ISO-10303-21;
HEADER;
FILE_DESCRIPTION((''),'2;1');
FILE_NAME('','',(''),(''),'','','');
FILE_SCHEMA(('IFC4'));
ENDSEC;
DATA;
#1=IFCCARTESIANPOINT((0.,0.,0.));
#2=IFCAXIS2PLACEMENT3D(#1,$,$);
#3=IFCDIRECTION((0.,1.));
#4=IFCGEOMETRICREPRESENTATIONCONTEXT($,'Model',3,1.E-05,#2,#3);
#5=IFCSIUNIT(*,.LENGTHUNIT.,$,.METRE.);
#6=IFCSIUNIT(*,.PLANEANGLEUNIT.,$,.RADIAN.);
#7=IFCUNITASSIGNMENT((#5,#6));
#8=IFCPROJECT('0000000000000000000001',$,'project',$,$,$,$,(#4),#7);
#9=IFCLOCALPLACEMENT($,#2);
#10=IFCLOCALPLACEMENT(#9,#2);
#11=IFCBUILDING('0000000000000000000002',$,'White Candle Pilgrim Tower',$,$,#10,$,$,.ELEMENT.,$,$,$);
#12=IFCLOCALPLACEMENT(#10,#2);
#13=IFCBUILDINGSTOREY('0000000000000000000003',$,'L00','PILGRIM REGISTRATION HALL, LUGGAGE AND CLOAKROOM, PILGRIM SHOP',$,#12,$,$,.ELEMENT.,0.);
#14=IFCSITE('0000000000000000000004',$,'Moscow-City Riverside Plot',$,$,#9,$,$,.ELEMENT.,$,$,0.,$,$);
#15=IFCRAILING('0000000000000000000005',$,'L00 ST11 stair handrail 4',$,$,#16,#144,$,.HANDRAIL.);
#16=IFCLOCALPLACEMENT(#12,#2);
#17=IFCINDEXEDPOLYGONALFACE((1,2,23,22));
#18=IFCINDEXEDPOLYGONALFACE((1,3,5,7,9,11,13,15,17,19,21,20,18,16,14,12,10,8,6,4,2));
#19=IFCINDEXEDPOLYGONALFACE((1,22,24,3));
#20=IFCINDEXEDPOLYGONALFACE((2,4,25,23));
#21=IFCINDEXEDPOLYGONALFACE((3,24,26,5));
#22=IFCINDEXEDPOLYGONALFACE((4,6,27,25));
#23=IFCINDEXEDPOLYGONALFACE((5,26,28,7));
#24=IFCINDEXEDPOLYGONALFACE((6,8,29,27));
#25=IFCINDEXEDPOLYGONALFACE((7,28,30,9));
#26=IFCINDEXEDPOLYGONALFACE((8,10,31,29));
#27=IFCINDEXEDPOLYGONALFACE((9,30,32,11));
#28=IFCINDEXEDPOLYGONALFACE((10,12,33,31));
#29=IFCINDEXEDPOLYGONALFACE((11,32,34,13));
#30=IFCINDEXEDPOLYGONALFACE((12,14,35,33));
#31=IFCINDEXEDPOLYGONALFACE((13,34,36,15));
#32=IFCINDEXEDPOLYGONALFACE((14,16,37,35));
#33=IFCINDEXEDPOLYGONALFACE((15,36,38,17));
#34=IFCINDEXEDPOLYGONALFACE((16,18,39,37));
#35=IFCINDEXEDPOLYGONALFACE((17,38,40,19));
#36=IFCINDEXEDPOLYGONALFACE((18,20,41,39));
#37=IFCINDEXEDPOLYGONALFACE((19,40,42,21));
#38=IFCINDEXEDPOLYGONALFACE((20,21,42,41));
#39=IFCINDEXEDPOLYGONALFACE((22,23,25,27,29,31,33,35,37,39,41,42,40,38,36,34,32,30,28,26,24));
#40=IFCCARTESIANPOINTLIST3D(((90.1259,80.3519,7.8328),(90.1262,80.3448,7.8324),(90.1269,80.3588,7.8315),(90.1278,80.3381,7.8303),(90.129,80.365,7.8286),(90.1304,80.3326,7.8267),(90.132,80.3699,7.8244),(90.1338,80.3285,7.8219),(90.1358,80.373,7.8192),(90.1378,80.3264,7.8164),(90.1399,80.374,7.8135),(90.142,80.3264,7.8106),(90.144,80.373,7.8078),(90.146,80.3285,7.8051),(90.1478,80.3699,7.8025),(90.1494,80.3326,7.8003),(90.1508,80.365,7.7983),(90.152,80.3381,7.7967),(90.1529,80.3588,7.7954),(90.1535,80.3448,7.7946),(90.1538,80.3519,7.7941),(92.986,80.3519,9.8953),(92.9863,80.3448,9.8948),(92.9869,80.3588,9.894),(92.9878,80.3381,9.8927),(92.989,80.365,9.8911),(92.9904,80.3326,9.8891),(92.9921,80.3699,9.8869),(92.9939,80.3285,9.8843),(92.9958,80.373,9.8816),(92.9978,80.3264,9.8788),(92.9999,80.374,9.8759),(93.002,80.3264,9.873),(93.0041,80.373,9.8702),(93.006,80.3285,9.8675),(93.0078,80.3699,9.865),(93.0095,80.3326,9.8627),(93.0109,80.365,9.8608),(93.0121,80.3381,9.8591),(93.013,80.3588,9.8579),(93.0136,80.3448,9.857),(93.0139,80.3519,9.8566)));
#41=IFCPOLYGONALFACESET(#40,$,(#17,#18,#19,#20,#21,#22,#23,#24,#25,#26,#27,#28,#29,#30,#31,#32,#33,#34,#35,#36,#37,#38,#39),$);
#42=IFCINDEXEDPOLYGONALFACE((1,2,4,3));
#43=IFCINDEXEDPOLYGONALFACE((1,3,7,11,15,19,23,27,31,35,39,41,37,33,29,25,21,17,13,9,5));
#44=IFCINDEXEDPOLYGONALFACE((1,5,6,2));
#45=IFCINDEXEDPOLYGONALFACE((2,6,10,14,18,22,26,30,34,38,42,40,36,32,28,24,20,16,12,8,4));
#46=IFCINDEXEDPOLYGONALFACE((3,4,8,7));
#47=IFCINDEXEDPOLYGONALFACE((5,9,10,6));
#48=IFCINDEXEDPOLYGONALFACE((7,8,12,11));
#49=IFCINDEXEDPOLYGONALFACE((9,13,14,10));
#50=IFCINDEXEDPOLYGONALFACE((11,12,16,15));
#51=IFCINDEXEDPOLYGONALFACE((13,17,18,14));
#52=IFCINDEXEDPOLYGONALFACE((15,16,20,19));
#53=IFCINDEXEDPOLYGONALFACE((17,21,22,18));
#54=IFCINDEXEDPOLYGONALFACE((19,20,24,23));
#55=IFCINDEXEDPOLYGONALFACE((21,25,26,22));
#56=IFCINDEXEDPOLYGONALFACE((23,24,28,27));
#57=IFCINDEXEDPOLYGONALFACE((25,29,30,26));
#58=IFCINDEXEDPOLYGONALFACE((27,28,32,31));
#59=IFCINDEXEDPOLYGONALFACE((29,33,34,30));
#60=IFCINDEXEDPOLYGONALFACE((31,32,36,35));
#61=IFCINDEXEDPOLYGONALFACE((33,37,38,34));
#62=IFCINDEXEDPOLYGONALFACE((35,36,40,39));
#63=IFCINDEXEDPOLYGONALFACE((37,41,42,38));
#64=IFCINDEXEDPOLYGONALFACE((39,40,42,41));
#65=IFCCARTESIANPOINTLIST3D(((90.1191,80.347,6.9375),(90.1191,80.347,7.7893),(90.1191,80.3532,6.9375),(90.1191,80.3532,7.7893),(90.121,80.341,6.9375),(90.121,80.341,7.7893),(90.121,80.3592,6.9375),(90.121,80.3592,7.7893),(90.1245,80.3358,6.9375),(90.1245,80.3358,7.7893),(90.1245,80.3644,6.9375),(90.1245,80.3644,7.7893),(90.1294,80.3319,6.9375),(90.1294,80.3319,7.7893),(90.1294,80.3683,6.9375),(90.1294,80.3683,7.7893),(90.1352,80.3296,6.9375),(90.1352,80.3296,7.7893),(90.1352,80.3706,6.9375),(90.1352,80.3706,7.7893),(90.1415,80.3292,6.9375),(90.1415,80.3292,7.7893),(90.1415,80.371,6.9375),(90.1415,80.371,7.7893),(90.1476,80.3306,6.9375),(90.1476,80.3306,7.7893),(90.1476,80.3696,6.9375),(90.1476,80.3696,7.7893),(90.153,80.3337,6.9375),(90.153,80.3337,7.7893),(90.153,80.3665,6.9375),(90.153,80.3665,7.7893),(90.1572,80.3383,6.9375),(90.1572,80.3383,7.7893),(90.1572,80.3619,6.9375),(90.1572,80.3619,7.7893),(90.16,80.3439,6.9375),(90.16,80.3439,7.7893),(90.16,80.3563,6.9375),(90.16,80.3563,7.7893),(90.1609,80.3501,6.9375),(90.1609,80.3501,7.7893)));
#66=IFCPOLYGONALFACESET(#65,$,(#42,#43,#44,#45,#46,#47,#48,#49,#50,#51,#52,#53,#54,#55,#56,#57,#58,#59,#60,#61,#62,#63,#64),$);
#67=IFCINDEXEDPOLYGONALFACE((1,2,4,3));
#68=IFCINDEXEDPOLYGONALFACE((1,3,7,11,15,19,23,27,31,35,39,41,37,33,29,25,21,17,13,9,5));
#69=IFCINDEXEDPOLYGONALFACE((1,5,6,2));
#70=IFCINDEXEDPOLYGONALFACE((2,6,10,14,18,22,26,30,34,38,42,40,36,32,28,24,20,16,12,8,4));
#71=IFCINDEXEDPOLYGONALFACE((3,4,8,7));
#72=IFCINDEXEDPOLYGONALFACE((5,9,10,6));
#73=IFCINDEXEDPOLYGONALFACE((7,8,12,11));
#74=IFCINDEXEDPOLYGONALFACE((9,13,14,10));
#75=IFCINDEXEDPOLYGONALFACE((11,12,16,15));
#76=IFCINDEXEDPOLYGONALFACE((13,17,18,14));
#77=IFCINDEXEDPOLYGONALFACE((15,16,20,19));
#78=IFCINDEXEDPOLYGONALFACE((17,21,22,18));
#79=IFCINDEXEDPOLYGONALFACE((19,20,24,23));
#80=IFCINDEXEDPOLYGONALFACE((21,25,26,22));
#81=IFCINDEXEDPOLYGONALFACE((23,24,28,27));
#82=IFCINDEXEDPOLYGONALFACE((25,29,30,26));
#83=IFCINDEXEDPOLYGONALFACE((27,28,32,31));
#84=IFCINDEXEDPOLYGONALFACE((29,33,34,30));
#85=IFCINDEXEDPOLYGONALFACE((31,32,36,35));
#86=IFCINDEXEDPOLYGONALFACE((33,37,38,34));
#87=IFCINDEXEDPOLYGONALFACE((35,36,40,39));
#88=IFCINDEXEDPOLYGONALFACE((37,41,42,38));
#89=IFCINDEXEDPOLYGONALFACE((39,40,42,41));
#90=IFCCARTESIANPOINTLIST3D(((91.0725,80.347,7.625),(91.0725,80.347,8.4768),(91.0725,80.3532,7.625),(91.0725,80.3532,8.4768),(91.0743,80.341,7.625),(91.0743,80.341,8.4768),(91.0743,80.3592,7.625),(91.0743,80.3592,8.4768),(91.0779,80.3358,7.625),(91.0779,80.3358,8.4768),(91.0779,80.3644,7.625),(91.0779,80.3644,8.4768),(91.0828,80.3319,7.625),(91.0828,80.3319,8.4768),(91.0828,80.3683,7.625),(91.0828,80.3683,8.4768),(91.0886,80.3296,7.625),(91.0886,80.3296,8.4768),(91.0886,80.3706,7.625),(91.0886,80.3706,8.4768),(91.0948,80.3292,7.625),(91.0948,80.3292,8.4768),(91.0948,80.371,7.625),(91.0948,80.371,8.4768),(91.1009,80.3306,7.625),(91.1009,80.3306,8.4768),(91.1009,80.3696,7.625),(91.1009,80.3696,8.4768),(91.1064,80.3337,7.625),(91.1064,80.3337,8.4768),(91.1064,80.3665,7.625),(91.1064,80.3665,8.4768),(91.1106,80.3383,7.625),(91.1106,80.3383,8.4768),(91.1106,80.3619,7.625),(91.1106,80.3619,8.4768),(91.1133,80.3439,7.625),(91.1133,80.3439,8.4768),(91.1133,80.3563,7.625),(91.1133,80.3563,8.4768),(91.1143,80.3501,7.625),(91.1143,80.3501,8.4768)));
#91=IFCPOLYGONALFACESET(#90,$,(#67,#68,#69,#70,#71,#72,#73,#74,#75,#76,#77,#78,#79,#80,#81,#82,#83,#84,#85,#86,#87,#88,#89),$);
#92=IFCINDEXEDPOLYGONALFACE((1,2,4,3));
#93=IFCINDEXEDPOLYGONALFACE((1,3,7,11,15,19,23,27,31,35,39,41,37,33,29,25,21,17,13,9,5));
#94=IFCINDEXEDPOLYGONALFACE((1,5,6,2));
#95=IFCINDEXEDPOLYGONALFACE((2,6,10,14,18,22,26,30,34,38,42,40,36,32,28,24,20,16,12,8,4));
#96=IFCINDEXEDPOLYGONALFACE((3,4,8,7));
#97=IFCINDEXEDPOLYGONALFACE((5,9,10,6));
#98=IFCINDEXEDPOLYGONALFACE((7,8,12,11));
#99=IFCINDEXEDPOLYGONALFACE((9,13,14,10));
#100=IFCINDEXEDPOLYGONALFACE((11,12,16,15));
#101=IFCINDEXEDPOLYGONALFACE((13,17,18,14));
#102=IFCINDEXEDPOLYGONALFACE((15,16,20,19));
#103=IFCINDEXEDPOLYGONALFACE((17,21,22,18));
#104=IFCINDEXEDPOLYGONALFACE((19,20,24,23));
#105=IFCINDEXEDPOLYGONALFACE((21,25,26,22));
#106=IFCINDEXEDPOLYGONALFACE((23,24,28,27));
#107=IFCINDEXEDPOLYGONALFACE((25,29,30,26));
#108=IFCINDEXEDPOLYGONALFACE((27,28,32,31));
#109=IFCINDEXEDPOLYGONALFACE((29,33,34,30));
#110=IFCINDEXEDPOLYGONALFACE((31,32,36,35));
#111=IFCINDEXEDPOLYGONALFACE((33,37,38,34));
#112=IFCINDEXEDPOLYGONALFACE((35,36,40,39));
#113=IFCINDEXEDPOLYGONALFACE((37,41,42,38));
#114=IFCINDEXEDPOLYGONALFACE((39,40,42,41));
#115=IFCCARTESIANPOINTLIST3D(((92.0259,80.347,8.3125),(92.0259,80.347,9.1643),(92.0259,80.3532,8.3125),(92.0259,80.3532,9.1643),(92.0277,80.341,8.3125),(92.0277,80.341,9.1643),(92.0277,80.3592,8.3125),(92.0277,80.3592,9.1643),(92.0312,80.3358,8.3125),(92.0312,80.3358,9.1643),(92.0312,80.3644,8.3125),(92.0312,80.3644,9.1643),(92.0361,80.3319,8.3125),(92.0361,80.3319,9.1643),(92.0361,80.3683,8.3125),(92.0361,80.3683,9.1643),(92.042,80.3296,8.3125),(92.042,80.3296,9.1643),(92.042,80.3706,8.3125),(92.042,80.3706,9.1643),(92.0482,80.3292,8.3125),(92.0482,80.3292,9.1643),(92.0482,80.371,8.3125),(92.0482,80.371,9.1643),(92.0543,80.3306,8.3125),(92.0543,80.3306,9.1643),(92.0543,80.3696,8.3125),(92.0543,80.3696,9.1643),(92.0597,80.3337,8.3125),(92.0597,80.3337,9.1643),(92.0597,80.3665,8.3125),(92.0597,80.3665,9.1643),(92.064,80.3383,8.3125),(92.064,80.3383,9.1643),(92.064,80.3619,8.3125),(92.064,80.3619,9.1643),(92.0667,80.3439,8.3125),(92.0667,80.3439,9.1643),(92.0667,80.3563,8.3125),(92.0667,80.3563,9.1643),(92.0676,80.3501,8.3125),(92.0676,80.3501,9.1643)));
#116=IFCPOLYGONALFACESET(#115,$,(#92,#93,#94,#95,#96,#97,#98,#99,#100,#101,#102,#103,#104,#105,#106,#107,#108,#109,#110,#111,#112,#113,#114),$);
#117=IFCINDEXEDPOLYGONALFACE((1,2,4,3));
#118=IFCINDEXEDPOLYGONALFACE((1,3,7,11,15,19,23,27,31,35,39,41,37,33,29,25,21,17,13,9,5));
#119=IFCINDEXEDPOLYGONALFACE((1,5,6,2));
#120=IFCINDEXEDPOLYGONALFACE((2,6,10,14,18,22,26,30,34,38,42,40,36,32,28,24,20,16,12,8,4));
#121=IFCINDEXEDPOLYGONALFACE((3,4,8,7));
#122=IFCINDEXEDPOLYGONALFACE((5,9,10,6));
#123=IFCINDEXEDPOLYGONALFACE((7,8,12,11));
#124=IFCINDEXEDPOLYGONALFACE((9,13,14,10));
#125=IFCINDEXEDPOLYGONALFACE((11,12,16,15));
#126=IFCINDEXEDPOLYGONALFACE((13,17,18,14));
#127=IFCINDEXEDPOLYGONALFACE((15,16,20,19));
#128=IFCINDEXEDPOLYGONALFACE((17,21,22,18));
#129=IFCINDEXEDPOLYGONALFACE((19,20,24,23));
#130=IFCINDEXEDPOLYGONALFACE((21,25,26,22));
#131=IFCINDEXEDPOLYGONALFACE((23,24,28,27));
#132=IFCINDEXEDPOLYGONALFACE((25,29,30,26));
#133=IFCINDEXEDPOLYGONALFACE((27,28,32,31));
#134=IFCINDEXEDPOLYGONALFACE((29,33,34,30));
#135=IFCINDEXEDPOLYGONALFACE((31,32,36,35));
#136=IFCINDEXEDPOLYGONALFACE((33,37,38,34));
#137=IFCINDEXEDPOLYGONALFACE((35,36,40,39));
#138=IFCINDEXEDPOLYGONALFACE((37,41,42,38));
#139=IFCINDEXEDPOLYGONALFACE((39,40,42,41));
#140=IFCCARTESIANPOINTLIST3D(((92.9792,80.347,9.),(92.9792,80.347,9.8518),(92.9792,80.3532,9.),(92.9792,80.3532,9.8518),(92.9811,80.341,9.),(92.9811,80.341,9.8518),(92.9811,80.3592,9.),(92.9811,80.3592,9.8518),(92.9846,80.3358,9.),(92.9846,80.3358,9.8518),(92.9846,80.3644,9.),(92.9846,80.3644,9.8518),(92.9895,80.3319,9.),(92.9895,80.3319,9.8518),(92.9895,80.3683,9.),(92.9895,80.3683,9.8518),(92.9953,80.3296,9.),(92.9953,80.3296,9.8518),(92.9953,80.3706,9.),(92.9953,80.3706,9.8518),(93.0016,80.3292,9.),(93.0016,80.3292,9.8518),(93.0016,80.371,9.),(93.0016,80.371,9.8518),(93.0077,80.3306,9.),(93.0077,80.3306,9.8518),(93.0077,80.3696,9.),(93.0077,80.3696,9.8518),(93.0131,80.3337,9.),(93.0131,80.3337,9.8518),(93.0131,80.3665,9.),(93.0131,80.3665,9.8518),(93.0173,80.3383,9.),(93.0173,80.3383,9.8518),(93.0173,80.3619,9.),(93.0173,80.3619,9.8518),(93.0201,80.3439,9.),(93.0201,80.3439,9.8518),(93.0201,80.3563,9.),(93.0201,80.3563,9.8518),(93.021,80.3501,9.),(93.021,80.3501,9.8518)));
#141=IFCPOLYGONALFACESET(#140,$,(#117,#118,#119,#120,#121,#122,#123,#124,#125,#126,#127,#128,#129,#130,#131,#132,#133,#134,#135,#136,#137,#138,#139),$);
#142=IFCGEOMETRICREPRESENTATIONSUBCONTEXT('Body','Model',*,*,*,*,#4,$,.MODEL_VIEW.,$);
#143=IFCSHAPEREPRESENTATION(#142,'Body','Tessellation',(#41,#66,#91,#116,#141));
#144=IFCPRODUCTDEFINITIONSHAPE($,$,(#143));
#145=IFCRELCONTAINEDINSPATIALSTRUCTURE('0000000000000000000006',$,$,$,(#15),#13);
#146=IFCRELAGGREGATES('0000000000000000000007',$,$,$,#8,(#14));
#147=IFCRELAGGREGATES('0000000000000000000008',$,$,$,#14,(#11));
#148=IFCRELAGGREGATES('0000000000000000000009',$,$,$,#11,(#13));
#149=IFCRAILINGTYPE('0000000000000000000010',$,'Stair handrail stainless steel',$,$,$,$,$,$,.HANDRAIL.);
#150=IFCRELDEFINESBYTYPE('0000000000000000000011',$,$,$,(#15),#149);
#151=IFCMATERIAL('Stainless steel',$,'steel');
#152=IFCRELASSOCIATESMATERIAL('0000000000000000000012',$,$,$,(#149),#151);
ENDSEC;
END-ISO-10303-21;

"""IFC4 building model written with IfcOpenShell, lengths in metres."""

from ifc_helpers import new_model, si_unit, direction, frame, origin, origin_2d, place, context, subcontext, project, spatial, circle, extrude, material, type_object, element, save


model = new_model("IFC4")

# Units and contexts
model_context = context("Model", 3, precision=1e-05, world=origin(), true_north=direction((0.0, 1.0)))
body_context = subcontext(model_context, "Body", "Model", "MODEL_VIEW")
ifc_project = project(units=[si_unit("LENGTHUNIT", "METRE"), si_unit("PLANEANGLEUNIT", "RADIAN")], contexts=[model_context])

# Site, building, storey
site_placement = place(None, origin())
site = spatial("IfcSite", under=ifc_project, at=site_placement, Name="Moscow-City Riverside Plot", CompositionType="ELEMENT", RefElevation=0.0)
building_placement = place(site_placement, origin())
building = spatial("IfcBuilding", under=site, at=building_placement, Name="White Candle Pilgrim Tower", CompositionType="ELEMENT")
storey_placement = place(building_placement, origin())
storey = spatial("IfcBuildingStorey", under=building, at=storey_placement, Name="L00", Description="PILGRIM REGISTRATION HALL, LUGGAGE AND CLOAKROOM, PILGRIM SHOP", CompositionType="ELEMENT", Elevation=0.0)

# Railing
ifc_material_1 = material(Name="Stainless steel", Category="steel")
railing_type_1 = type_object("IfcRailingType", Name="Stair handrail stainless steel", PredefinedType="HANDRAIL", material=ifc_material_1)
for number, where, name in (
    (1, (90.1399, 80.3501, 6.9375), "L00 ST11 stair handrail 4"),
):
    element("IfcRailing", number, at=place(storey_placement, frame(where)), inside=storey, type_object=railing_type_1, Name=name, PredefinedType="HANDRAIL", context=body_context, shape_type="SweptSolid", body=[
        extrude(circle(Radius=0.0239, at=origin_2d()), frame((0.0, 0.0, 0.876), z_axis=(0.811101, 0.0, 0.584906), x_axis=(0.0, 1.0, 0.0)), (0.0, 0.0, 1.0), 3.5261),
        extrude(circle(Radius=0.021, at=origin_2d()), origin(), (0.0, 0.0, 1.0), 0.8518),
        extrude(circle(Radius=0.021, at=origin_2d()), frame((0.9534, 0.0, 0.6875)), (0.0, 0.0, 1.0), 0.8518),
        extrude(circle(Radius=0.021, at=origin_2d()), frame((1.9067, 0.0, 1.375)), (0.0, 0.0, 1.0), 0.8518),
        extrude(circle(Radius=0.021, at=origin_2d()), frame((2.8601, 0.0, 2.0625)), (0.0, 0.0, 1.0), 0.8518),
    ])

save(model, "model.ifc")
